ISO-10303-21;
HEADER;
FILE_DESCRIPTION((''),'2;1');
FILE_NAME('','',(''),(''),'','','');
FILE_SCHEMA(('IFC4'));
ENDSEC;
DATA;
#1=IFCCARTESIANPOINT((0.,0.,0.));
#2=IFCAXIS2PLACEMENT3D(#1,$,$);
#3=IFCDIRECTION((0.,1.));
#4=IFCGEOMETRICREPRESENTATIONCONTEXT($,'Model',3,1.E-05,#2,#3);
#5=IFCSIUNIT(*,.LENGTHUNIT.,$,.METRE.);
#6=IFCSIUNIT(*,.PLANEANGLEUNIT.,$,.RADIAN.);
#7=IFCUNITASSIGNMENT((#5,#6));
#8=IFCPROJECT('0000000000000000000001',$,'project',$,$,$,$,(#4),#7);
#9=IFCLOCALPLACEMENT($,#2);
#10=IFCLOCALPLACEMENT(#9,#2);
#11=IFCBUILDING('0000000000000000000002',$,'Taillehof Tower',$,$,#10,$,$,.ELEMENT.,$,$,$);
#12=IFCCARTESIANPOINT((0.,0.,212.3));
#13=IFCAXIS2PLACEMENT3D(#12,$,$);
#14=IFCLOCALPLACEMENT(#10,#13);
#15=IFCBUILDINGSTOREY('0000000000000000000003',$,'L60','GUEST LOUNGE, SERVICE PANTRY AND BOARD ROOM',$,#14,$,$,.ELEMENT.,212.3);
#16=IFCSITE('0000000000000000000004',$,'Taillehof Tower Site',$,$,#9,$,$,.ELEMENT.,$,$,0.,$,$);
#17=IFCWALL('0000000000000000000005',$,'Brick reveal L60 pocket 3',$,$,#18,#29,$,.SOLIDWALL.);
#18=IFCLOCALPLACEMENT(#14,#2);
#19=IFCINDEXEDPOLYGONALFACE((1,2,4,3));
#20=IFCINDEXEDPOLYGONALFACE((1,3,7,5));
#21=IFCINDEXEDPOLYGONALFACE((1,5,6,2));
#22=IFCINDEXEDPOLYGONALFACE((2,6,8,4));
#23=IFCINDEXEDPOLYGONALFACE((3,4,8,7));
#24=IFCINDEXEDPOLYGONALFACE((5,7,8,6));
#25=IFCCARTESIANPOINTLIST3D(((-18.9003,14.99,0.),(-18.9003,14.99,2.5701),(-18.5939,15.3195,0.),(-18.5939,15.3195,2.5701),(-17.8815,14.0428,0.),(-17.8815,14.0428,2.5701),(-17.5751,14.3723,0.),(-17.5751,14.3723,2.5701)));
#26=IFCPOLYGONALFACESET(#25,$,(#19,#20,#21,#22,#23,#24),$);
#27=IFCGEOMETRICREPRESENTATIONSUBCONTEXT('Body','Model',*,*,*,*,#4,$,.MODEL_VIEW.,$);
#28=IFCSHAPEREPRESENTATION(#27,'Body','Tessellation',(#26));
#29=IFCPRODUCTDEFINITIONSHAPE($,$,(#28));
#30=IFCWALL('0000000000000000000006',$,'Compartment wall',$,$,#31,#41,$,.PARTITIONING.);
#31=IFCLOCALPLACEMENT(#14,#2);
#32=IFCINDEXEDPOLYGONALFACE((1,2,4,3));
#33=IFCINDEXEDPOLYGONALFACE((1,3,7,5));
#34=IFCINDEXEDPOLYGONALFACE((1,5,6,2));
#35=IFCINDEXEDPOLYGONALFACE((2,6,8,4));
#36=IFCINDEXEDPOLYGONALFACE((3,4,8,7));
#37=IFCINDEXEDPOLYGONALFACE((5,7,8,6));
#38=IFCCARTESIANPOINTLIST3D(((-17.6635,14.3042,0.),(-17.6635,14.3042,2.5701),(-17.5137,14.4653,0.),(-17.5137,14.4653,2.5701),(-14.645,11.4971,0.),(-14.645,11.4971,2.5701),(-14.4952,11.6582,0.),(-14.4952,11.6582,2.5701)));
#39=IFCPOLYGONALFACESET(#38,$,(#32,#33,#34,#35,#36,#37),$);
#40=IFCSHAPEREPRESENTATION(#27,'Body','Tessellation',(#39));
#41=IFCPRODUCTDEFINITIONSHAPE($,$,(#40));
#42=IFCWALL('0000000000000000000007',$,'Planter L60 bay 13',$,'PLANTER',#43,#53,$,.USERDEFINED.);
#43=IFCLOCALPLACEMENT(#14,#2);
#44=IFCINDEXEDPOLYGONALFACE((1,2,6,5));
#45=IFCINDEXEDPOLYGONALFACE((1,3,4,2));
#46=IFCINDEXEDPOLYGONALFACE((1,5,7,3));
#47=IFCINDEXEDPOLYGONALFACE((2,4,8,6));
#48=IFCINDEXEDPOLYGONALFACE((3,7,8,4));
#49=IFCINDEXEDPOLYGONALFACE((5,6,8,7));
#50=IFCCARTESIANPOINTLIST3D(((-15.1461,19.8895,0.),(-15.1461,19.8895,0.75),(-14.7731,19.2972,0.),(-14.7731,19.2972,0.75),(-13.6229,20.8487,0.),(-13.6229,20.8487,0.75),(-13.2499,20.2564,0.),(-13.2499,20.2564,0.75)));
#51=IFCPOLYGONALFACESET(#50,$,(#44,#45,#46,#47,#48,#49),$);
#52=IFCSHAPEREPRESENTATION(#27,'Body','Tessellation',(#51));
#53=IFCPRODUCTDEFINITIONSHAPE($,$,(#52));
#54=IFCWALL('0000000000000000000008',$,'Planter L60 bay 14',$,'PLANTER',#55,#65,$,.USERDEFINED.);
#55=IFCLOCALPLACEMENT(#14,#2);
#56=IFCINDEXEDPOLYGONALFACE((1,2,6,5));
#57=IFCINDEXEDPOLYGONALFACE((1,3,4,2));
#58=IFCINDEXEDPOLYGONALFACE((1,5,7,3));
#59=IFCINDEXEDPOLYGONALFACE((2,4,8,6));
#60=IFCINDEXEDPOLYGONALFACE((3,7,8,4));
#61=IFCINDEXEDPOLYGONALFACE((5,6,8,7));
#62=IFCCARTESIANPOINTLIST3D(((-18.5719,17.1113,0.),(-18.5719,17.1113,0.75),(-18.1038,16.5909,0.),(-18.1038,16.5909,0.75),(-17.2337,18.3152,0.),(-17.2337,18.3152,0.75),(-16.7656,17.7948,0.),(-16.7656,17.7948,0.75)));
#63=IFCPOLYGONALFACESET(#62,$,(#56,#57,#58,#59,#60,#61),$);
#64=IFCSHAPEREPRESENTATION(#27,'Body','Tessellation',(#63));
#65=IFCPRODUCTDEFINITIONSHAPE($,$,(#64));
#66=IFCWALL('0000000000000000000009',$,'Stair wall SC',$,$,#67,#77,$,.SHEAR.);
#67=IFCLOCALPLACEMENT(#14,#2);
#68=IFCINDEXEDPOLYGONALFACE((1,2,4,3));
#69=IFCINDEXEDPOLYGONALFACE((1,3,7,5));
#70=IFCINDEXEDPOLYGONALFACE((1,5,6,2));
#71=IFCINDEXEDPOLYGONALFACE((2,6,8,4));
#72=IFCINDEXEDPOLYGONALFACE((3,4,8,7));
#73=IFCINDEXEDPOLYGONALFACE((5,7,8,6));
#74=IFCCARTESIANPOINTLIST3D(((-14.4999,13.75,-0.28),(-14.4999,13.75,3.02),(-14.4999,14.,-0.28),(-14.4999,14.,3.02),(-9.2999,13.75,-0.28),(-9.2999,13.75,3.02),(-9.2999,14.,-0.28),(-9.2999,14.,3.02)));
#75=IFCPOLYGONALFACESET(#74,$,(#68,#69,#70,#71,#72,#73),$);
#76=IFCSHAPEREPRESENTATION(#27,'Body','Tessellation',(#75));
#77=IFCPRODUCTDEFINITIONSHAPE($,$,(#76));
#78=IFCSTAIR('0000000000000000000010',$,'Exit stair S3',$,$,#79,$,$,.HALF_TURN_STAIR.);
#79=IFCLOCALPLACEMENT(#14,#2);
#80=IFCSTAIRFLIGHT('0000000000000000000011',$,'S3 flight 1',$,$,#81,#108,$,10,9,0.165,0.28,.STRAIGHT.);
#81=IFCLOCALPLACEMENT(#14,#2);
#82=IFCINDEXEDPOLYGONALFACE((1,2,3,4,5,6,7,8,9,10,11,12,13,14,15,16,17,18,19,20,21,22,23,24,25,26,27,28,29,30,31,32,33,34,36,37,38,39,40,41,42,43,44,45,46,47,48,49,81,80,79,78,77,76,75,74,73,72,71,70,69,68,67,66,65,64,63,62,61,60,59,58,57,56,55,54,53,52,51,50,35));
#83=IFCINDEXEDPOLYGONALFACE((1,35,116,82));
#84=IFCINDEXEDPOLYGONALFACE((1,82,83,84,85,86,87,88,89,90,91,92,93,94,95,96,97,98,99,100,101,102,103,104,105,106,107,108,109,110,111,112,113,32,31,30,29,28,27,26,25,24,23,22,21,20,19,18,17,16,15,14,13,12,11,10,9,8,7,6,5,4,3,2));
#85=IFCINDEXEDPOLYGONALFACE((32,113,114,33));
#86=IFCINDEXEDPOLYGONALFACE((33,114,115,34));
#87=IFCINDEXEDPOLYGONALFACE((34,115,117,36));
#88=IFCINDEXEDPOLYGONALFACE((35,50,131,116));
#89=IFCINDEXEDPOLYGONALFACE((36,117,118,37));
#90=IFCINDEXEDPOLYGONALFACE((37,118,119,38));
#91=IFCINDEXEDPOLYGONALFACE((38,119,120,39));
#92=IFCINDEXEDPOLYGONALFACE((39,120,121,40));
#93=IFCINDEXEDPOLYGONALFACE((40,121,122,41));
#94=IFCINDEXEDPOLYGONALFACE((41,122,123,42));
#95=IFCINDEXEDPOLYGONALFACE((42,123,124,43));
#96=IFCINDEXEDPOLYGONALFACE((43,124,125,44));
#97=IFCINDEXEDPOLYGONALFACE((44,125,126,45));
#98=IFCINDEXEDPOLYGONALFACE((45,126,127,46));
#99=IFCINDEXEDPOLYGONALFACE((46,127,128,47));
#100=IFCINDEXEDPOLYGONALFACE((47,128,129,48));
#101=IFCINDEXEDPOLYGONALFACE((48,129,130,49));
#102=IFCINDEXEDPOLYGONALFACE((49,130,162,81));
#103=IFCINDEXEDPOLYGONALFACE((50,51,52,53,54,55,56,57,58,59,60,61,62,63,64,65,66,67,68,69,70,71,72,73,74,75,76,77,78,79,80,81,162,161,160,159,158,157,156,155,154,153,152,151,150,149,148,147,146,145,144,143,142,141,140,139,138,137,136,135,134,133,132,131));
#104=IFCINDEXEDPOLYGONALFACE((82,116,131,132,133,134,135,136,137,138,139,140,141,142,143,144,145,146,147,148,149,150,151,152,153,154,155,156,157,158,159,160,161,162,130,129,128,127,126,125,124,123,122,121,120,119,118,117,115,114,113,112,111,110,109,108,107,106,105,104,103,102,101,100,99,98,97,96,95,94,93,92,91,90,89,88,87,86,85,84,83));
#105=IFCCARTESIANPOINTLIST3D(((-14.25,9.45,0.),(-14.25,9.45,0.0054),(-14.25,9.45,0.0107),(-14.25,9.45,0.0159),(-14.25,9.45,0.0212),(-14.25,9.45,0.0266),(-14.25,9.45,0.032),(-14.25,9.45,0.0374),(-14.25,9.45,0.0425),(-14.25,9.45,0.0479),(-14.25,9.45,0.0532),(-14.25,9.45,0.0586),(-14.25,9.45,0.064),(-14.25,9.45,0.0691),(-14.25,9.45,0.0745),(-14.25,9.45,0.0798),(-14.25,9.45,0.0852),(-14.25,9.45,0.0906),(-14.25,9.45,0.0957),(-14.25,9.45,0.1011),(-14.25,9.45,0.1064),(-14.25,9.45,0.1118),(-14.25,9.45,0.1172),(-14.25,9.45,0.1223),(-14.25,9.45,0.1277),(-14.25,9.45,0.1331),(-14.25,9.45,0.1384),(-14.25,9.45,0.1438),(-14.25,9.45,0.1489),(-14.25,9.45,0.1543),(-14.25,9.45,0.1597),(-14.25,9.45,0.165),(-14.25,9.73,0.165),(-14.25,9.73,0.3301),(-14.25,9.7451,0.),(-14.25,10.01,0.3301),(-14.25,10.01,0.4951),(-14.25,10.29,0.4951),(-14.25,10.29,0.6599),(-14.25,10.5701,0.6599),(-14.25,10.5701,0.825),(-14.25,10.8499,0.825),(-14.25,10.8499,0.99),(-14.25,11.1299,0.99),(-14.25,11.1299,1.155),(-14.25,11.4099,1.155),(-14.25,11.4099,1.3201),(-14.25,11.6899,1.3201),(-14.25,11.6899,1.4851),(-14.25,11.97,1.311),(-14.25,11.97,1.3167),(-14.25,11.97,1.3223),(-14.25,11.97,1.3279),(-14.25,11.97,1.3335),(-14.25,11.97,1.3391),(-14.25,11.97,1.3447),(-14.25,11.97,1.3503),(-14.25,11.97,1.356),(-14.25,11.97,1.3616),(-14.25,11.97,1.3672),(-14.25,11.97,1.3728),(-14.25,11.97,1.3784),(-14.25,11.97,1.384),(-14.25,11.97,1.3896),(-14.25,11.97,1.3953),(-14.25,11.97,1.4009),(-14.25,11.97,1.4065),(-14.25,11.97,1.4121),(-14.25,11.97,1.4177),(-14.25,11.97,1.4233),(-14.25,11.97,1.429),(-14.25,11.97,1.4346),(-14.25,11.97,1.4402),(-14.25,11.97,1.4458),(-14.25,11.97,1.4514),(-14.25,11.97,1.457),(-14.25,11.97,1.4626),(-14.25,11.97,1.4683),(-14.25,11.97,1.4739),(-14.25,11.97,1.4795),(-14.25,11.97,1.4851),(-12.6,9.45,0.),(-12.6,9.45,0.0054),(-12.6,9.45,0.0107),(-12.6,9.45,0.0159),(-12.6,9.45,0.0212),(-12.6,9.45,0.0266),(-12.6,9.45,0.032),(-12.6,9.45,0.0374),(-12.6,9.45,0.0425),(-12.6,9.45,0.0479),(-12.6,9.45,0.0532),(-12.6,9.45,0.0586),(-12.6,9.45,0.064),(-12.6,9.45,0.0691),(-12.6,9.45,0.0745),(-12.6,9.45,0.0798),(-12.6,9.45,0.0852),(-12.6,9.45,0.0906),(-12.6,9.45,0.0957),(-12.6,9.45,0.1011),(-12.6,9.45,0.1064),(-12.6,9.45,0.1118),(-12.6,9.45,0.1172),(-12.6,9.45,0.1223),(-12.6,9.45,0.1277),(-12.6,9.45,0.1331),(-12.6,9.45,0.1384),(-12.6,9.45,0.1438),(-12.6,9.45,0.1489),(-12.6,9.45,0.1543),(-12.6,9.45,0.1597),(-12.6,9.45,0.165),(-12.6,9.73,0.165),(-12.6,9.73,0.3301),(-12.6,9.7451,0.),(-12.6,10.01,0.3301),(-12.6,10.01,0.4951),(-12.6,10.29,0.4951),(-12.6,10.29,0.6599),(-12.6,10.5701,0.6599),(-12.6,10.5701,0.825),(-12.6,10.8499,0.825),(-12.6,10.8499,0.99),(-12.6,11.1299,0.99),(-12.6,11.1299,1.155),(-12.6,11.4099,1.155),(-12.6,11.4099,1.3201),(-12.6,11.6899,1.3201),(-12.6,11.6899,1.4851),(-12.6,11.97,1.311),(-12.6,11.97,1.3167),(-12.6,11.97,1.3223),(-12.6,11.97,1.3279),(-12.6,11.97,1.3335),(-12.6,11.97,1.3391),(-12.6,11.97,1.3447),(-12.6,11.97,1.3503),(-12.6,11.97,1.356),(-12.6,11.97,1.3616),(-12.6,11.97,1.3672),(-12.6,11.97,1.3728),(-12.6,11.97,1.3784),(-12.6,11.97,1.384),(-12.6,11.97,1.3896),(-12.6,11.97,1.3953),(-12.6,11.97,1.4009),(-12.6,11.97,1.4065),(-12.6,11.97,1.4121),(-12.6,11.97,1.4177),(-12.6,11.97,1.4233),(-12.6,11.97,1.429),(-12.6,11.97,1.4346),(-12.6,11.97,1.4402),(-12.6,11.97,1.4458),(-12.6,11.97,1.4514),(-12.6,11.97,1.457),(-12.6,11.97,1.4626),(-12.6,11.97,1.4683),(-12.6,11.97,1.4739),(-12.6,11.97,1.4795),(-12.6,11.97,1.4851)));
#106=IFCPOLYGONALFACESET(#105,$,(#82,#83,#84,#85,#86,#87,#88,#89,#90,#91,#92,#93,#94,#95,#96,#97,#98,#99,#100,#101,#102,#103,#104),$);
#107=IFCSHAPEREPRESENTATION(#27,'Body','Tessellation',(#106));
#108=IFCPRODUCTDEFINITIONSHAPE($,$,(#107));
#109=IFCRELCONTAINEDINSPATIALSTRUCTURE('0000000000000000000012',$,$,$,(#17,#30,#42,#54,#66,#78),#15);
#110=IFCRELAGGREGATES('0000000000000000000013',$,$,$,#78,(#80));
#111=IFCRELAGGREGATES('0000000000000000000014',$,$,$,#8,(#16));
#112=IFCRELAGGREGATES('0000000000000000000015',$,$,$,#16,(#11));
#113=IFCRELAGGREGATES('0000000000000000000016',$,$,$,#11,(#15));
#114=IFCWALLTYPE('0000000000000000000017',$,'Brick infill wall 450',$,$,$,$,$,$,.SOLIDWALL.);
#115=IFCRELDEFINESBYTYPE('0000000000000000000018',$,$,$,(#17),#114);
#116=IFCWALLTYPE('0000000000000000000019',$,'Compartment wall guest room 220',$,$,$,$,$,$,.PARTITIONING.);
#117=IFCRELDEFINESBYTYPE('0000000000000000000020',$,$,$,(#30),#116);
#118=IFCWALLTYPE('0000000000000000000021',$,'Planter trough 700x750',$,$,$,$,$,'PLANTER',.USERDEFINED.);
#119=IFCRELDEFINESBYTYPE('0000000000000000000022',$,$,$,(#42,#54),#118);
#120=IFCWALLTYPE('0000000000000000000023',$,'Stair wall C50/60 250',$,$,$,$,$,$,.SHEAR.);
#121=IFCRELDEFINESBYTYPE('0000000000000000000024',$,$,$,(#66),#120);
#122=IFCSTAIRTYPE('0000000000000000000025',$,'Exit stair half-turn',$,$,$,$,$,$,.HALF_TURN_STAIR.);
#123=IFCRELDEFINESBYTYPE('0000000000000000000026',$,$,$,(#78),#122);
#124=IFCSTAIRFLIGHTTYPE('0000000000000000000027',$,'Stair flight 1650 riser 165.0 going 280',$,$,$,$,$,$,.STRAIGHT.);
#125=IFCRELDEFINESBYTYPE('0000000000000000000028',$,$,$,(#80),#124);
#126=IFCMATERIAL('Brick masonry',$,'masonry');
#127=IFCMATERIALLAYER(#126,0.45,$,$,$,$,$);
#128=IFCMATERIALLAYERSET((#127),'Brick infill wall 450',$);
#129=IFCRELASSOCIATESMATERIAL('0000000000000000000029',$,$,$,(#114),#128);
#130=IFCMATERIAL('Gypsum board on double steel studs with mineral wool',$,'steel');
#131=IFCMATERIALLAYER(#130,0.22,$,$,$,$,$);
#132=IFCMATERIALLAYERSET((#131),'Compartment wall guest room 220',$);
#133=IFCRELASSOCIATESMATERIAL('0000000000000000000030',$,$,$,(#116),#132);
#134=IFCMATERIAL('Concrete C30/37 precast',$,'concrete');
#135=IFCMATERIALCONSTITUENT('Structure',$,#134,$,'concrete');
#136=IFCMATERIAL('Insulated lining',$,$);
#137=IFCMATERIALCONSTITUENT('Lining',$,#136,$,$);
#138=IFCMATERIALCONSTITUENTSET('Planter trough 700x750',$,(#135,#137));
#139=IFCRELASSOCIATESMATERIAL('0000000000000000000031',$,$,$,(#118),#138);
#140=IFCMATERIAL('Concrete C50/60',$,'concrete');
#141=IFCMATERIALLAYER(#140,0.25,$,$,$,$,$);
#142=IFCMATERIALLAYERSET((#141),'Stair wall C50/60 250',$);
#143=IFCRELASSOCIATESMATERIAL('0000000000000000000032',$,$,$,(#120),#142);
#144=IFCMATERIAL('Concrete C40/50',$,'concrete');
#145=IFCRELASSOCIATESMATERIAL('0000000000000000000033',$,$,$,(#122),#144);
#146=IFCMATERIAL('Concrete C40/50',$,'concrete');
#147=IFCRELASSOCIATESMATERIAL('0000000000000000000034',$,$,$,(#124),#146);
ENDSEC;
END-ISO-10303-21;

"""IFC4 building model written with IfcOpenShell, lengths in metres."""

from ifc_helpers import new_model, si_unit, direction, frame, frame_2d, origin, place, context, subcontext, project, spatial, polyline, rectangle, outline, extrude, material, layer, layer_set, constituent, constituent_set, type_object, element, aggregate, save


model = new_model("IFC4")

# Units and contexts
model_context = context("Model", 3, precision=1e-05, world=origin(), true_north=direction((0.0, 1.0)))
body_context = subcontext(model_context, "Body", "Model", "MODEL_VIEW")
ifc_project = project(units=[si_unit("LENGTHUNIT", "METRE"), si_unit("PLANEANGLEUNIT", "RADIAN")], contexts=[model_context])

# Site, building, storey
site_placement = place(None, origin())
site = spatial("IfcSite", under=ifc_project, at=site_placement, Name="Taillehof Tower Site", CompositionType="ELEMENT", RefElevation=0.0)
building_placement = place(site_placement, origin())
building = spatial("IfcBuilding", under=site, at=building_placement, Name="Taillehof Tower", CompositionType="ELEMENT")
storey_placement = place(building_placement, frame((0.0, 0.0, 212.3)))
storey = spatial("IfcBuildingStorey", under=building, at=storey_placement, Name="L60", Description="GUEST LOUNGE, SERVICE PANTRY AND BOARD ROOM", CompositionType="ELEMENT", Elevation=212.3)

# Shared definitions
ifc_material_1 = material(Name="Brick masonry", Category="masonry")
ifc_layer_1 = layer(ifc_material_1, 0.45)
ifc_layer_set_1 = layer_set([ifc_layer_1], Name="Brick infill wall 450")
wall_type_1 = type_object("IfcWallType", Name="Brick infill wall 450", PredefinedType="SOLIDWALL", material=ifc_layer_set_1)

# Wall
wall_1_placement = place(storey_placement, frame((-18.7471, 15.1548, 0.0), z_axis=(0.0, 0.0, 1.0), x_axis=(0.73235, -0.680929, 0.0)))
element("IfcWall", 1, at=wall_1_placement, inside=storey, type_object=wall_type_1, Name="Brick reveal L60 pocket 3", PredefinedType="SOLIDWALL", context=body_context, shape_type="SweptSolid", body=[
    extrude(rectangle(XDim=1.3911, YDim=0.45, at=frame_2d((0.6956, 0.0))), origin(), (0.0, 0.0, 1.0), 2.5701),
])

# Walls
ifc_material_2 = material(Name="Gypsum board on double steel studs with mineral wool", Category="steel")
ifc_layer_2 = layer(ifc_material_2, 0.22)
ifc_layer_set_2 = layer_set([ifc_layer_2], Name="Compartment wall guest room 220")
wall_type_2 = type_object("IfcWallType", Name="Compartment wall guest room 220", PredefinedType="PARTITIONING", material=ifc_layer_set_2)
wall_2_placement = place(storey_placement, frame((-17.5886, 14.3848, 0.0), z_axis=(0.0, 0.0, 1.0), x_axis=(0.732287, -0.680996, 0.0)))
element("IfcWall", 2, at=wall_2_placement, inside=storey, type_object=wall_type_2, Name="Compartment wall", PredefinedType="PARTITIONING", context=body_context, shape_type="SweptSolid", body=[
    extrude(rectangle(XDim=4.1221, YDim=0.22, at=frame_2d((2.061, 0.0))), origin(), (0.0, 0.0, 1.0), 2.5701),
])
ifc_material_3 = material(Name="Concrete C30/37 precast", Category="concrete")
ifc_constituent_1 = constituent(ifc_material_3, Name="Structure", Category="concrete")
ifc_material_4 = material(Name="Insulated lining")
ifc_constituent_2 = constituent(ifc_material_4, Name="Lining")
ifc_constituent_set = constituent_set(constituents=[ifc_constituent_1, ifc_constituent_2], Name="Planter trough 700x750")
wall_type_3 = type_object("IfcWallType", Name="Planter trough 700x750", ElementType="PLANTER", PredefinedType="USERDEFINED", material=ifc_constituent_set)
for number, where, z_axis, x_axis, name in (
    (3, (-13.4365, 20.5525, 0.0), (0.0, 0.0, 1.0), (-0.846188, -0.532885, 0.0), "Planter L60 bay 13"),
    (4, (-16.9998, 18.0549, 0.0), (0.0, 0.0, 1.0), (-0.743422, -0.668822, 0.0), "Planter L60 bay 14"),
):
    element("IfcWall", number, at=place(storey_placement, frame(where, z_axis=z_axis, x_axis=x_axis)), inside=storey, type_object=wall_type_3, Name=name, ObjectType="PLANTER", PredefinedType="USERDEFINED", context=body_context, shape_type="SweptSolid", body=[
        extrude(rectangle(XDim=1.8, YDim=0.7, at=frame_2d((0.8999, 0.0))), origin(), (0.0, 0.0, 1.0), 0.75),
    ])
ifc_material_5 = material(Name="Concrete C50/60", Category="concrete")
ifc_layer_3 = layer(ifc_material_5, 0.25)
ifc_layer_set_3 = layer_set([ifc_layer_3], Name="Stair wall C50/60 250")
wall_type_4 = type_object("IfcWallType", Name="Stair wall C50/60 250", PredefinedType="SHEAR", material=ifc_layer_set_3)
wall_3_placement = place(storey_placement, frame((-14.5, 13.875, -0.28), z_axis=(0.0, 0.0, 1.0), x_axis=(1.0, 0.0, 0.0)))
element("IfcWall", 5, at=wall_3_placement, inside=storey, type_object=wall_type_4, Name="Stair wall SC", PredefinedType="SHEAR", context=body_context, shape_type="SweptSolid", body=[
    extrude(rectangle(XDim=5.2, YDim=0.25, at=frame_2d((2.6001, 0.0))), origin(), (0.0, 0.0, 1.0), 3.3),
])

# Stair, stair flight
ifc_material_6 = material(Name="Concrete C40/50", Category="concrete")
stair_type = type_object("IfcStairType", Name="Exit stair half-turn", PredefinedType="HALF_TURN_STAIR", material=ifc_material_6)
stair_placement = place(storey_placement, origin())
stair = element("IfcStair", 6, at=stair_placement, inside=storey, type_object=stair_type, Name="Exit stair S3", PredefinedType="HALF_TURN_STAIR")
ifc_material_7 = material(Name="Concrete C40/50", Category="concrete")
stair_flight_type = type_object("IfcStairFlightType", Name="Stair flight 1650 riser 165.0 going 280", PredefinedType="STRAIGHT", material=ifc_material_7)
stair_flight_placement = place(storey_placement, frame((-13.425, 9.45, 0.0), z_axis=(0.0, 0.0, 1.0), x_axis=(0.0, 1.0, 0.0)))
stair_flight = element("IfcStairFlight", 7, at=stair_flight_placement, type_object=stair_flight_type, Name="S3 flight 1", NumberOfRisers=10, NumberOfTreads=9, PredefinedType="STRAIGHT", RiserHeight=0.165, TreadLength=0.28, context=body_context, shape_type="SweptSolid", body=[
    extrude(outline(polyline([(0.0, 0.0), (0.0, 0.0054), (0.0, 0.0107), (0.0, 0.0159), (0.0, 0.0212), (0.0, 0.0266), (0.0, 0.032), (0.0, 0.0374), (0.0, 0.0425), (0.0, 0.0479), (0.0, 0.0532), (0.0, 0.0586), (0.0, 0.064), (0.0, 0.0691), (0.0, 0.0745), (0.0, 0.0798), (0.0, 0.0852), (0.0, 0.0906), (0.0, 0.0957), (0.0, 0.1011), (0.0, 0.1064), (0.0, 0.1118), (0.0, 0.1172), (0.0, 0.1223), (0.0, 0.1277), (0.0, 0.1331), (0.0, 0.1384), (0.0, 0.1438), (0.0, 0.1489), (0.0, 0.1543), (0.0, 0.1597), (0.0, 0.165), (0.28, 0.165), (0.28, 0.3301), (0.5601, 0.3301), (0.5601, 0.4951), (0.8401, 0.4951), (0.8401, 0.6599), (1.1201, 0.6599), (1.1201, 0.825), (1.3999, 0.825), (1.3999, 0.99), (1.6799, 0.99), (1.6799, 1.155), (1.96, 1.155), (1.96, 1.3201), (2.24, 1.3201), (2.24, 1.4851), (2.52, 1.4851), (2.52, 1.4795), (2.52, 1.4739), (2.52, 1.4683), (2.52, 1.4626), (2.52, 1.457), (2.52, 1.4514), (2.52, 1.4458), (2.52, 1.4402), (2.52, 1.4346), (2.52, 1.429), (2.52, 1.4233), (2.52, 1.4177), (2.52, 1.4121), (2.52, 1.4065), (2.52, 1.4009), (2.52, 1.3953), (2.52, 1.3896), (2.52, 1.384), (2.52, 1.3784), (2.52, 1.3728), (2.52, 1.3672), (2.52, 1.3616), (2.52, 1.356), (2.52, 1.3503), (2.52, 1.3447), (2.52, 1.3391), (2.52, 1.3335), (2.52, 1.3279), (2.52, 1.3223), (2.52, 1.3167), (2.52, 1.311), (0.2952, 0.0), (0.0, 0.0)])), frame((0.0, 0.825, 0.0), z_axis=(0.0, -1.0, 0.0), x_axis=(1.0, 0.0, 0.0)), (0.0, 0.0, 1.0), 1.65),
])
aggregate(stair, [stair_flight])

save(model, "model.ifc")
